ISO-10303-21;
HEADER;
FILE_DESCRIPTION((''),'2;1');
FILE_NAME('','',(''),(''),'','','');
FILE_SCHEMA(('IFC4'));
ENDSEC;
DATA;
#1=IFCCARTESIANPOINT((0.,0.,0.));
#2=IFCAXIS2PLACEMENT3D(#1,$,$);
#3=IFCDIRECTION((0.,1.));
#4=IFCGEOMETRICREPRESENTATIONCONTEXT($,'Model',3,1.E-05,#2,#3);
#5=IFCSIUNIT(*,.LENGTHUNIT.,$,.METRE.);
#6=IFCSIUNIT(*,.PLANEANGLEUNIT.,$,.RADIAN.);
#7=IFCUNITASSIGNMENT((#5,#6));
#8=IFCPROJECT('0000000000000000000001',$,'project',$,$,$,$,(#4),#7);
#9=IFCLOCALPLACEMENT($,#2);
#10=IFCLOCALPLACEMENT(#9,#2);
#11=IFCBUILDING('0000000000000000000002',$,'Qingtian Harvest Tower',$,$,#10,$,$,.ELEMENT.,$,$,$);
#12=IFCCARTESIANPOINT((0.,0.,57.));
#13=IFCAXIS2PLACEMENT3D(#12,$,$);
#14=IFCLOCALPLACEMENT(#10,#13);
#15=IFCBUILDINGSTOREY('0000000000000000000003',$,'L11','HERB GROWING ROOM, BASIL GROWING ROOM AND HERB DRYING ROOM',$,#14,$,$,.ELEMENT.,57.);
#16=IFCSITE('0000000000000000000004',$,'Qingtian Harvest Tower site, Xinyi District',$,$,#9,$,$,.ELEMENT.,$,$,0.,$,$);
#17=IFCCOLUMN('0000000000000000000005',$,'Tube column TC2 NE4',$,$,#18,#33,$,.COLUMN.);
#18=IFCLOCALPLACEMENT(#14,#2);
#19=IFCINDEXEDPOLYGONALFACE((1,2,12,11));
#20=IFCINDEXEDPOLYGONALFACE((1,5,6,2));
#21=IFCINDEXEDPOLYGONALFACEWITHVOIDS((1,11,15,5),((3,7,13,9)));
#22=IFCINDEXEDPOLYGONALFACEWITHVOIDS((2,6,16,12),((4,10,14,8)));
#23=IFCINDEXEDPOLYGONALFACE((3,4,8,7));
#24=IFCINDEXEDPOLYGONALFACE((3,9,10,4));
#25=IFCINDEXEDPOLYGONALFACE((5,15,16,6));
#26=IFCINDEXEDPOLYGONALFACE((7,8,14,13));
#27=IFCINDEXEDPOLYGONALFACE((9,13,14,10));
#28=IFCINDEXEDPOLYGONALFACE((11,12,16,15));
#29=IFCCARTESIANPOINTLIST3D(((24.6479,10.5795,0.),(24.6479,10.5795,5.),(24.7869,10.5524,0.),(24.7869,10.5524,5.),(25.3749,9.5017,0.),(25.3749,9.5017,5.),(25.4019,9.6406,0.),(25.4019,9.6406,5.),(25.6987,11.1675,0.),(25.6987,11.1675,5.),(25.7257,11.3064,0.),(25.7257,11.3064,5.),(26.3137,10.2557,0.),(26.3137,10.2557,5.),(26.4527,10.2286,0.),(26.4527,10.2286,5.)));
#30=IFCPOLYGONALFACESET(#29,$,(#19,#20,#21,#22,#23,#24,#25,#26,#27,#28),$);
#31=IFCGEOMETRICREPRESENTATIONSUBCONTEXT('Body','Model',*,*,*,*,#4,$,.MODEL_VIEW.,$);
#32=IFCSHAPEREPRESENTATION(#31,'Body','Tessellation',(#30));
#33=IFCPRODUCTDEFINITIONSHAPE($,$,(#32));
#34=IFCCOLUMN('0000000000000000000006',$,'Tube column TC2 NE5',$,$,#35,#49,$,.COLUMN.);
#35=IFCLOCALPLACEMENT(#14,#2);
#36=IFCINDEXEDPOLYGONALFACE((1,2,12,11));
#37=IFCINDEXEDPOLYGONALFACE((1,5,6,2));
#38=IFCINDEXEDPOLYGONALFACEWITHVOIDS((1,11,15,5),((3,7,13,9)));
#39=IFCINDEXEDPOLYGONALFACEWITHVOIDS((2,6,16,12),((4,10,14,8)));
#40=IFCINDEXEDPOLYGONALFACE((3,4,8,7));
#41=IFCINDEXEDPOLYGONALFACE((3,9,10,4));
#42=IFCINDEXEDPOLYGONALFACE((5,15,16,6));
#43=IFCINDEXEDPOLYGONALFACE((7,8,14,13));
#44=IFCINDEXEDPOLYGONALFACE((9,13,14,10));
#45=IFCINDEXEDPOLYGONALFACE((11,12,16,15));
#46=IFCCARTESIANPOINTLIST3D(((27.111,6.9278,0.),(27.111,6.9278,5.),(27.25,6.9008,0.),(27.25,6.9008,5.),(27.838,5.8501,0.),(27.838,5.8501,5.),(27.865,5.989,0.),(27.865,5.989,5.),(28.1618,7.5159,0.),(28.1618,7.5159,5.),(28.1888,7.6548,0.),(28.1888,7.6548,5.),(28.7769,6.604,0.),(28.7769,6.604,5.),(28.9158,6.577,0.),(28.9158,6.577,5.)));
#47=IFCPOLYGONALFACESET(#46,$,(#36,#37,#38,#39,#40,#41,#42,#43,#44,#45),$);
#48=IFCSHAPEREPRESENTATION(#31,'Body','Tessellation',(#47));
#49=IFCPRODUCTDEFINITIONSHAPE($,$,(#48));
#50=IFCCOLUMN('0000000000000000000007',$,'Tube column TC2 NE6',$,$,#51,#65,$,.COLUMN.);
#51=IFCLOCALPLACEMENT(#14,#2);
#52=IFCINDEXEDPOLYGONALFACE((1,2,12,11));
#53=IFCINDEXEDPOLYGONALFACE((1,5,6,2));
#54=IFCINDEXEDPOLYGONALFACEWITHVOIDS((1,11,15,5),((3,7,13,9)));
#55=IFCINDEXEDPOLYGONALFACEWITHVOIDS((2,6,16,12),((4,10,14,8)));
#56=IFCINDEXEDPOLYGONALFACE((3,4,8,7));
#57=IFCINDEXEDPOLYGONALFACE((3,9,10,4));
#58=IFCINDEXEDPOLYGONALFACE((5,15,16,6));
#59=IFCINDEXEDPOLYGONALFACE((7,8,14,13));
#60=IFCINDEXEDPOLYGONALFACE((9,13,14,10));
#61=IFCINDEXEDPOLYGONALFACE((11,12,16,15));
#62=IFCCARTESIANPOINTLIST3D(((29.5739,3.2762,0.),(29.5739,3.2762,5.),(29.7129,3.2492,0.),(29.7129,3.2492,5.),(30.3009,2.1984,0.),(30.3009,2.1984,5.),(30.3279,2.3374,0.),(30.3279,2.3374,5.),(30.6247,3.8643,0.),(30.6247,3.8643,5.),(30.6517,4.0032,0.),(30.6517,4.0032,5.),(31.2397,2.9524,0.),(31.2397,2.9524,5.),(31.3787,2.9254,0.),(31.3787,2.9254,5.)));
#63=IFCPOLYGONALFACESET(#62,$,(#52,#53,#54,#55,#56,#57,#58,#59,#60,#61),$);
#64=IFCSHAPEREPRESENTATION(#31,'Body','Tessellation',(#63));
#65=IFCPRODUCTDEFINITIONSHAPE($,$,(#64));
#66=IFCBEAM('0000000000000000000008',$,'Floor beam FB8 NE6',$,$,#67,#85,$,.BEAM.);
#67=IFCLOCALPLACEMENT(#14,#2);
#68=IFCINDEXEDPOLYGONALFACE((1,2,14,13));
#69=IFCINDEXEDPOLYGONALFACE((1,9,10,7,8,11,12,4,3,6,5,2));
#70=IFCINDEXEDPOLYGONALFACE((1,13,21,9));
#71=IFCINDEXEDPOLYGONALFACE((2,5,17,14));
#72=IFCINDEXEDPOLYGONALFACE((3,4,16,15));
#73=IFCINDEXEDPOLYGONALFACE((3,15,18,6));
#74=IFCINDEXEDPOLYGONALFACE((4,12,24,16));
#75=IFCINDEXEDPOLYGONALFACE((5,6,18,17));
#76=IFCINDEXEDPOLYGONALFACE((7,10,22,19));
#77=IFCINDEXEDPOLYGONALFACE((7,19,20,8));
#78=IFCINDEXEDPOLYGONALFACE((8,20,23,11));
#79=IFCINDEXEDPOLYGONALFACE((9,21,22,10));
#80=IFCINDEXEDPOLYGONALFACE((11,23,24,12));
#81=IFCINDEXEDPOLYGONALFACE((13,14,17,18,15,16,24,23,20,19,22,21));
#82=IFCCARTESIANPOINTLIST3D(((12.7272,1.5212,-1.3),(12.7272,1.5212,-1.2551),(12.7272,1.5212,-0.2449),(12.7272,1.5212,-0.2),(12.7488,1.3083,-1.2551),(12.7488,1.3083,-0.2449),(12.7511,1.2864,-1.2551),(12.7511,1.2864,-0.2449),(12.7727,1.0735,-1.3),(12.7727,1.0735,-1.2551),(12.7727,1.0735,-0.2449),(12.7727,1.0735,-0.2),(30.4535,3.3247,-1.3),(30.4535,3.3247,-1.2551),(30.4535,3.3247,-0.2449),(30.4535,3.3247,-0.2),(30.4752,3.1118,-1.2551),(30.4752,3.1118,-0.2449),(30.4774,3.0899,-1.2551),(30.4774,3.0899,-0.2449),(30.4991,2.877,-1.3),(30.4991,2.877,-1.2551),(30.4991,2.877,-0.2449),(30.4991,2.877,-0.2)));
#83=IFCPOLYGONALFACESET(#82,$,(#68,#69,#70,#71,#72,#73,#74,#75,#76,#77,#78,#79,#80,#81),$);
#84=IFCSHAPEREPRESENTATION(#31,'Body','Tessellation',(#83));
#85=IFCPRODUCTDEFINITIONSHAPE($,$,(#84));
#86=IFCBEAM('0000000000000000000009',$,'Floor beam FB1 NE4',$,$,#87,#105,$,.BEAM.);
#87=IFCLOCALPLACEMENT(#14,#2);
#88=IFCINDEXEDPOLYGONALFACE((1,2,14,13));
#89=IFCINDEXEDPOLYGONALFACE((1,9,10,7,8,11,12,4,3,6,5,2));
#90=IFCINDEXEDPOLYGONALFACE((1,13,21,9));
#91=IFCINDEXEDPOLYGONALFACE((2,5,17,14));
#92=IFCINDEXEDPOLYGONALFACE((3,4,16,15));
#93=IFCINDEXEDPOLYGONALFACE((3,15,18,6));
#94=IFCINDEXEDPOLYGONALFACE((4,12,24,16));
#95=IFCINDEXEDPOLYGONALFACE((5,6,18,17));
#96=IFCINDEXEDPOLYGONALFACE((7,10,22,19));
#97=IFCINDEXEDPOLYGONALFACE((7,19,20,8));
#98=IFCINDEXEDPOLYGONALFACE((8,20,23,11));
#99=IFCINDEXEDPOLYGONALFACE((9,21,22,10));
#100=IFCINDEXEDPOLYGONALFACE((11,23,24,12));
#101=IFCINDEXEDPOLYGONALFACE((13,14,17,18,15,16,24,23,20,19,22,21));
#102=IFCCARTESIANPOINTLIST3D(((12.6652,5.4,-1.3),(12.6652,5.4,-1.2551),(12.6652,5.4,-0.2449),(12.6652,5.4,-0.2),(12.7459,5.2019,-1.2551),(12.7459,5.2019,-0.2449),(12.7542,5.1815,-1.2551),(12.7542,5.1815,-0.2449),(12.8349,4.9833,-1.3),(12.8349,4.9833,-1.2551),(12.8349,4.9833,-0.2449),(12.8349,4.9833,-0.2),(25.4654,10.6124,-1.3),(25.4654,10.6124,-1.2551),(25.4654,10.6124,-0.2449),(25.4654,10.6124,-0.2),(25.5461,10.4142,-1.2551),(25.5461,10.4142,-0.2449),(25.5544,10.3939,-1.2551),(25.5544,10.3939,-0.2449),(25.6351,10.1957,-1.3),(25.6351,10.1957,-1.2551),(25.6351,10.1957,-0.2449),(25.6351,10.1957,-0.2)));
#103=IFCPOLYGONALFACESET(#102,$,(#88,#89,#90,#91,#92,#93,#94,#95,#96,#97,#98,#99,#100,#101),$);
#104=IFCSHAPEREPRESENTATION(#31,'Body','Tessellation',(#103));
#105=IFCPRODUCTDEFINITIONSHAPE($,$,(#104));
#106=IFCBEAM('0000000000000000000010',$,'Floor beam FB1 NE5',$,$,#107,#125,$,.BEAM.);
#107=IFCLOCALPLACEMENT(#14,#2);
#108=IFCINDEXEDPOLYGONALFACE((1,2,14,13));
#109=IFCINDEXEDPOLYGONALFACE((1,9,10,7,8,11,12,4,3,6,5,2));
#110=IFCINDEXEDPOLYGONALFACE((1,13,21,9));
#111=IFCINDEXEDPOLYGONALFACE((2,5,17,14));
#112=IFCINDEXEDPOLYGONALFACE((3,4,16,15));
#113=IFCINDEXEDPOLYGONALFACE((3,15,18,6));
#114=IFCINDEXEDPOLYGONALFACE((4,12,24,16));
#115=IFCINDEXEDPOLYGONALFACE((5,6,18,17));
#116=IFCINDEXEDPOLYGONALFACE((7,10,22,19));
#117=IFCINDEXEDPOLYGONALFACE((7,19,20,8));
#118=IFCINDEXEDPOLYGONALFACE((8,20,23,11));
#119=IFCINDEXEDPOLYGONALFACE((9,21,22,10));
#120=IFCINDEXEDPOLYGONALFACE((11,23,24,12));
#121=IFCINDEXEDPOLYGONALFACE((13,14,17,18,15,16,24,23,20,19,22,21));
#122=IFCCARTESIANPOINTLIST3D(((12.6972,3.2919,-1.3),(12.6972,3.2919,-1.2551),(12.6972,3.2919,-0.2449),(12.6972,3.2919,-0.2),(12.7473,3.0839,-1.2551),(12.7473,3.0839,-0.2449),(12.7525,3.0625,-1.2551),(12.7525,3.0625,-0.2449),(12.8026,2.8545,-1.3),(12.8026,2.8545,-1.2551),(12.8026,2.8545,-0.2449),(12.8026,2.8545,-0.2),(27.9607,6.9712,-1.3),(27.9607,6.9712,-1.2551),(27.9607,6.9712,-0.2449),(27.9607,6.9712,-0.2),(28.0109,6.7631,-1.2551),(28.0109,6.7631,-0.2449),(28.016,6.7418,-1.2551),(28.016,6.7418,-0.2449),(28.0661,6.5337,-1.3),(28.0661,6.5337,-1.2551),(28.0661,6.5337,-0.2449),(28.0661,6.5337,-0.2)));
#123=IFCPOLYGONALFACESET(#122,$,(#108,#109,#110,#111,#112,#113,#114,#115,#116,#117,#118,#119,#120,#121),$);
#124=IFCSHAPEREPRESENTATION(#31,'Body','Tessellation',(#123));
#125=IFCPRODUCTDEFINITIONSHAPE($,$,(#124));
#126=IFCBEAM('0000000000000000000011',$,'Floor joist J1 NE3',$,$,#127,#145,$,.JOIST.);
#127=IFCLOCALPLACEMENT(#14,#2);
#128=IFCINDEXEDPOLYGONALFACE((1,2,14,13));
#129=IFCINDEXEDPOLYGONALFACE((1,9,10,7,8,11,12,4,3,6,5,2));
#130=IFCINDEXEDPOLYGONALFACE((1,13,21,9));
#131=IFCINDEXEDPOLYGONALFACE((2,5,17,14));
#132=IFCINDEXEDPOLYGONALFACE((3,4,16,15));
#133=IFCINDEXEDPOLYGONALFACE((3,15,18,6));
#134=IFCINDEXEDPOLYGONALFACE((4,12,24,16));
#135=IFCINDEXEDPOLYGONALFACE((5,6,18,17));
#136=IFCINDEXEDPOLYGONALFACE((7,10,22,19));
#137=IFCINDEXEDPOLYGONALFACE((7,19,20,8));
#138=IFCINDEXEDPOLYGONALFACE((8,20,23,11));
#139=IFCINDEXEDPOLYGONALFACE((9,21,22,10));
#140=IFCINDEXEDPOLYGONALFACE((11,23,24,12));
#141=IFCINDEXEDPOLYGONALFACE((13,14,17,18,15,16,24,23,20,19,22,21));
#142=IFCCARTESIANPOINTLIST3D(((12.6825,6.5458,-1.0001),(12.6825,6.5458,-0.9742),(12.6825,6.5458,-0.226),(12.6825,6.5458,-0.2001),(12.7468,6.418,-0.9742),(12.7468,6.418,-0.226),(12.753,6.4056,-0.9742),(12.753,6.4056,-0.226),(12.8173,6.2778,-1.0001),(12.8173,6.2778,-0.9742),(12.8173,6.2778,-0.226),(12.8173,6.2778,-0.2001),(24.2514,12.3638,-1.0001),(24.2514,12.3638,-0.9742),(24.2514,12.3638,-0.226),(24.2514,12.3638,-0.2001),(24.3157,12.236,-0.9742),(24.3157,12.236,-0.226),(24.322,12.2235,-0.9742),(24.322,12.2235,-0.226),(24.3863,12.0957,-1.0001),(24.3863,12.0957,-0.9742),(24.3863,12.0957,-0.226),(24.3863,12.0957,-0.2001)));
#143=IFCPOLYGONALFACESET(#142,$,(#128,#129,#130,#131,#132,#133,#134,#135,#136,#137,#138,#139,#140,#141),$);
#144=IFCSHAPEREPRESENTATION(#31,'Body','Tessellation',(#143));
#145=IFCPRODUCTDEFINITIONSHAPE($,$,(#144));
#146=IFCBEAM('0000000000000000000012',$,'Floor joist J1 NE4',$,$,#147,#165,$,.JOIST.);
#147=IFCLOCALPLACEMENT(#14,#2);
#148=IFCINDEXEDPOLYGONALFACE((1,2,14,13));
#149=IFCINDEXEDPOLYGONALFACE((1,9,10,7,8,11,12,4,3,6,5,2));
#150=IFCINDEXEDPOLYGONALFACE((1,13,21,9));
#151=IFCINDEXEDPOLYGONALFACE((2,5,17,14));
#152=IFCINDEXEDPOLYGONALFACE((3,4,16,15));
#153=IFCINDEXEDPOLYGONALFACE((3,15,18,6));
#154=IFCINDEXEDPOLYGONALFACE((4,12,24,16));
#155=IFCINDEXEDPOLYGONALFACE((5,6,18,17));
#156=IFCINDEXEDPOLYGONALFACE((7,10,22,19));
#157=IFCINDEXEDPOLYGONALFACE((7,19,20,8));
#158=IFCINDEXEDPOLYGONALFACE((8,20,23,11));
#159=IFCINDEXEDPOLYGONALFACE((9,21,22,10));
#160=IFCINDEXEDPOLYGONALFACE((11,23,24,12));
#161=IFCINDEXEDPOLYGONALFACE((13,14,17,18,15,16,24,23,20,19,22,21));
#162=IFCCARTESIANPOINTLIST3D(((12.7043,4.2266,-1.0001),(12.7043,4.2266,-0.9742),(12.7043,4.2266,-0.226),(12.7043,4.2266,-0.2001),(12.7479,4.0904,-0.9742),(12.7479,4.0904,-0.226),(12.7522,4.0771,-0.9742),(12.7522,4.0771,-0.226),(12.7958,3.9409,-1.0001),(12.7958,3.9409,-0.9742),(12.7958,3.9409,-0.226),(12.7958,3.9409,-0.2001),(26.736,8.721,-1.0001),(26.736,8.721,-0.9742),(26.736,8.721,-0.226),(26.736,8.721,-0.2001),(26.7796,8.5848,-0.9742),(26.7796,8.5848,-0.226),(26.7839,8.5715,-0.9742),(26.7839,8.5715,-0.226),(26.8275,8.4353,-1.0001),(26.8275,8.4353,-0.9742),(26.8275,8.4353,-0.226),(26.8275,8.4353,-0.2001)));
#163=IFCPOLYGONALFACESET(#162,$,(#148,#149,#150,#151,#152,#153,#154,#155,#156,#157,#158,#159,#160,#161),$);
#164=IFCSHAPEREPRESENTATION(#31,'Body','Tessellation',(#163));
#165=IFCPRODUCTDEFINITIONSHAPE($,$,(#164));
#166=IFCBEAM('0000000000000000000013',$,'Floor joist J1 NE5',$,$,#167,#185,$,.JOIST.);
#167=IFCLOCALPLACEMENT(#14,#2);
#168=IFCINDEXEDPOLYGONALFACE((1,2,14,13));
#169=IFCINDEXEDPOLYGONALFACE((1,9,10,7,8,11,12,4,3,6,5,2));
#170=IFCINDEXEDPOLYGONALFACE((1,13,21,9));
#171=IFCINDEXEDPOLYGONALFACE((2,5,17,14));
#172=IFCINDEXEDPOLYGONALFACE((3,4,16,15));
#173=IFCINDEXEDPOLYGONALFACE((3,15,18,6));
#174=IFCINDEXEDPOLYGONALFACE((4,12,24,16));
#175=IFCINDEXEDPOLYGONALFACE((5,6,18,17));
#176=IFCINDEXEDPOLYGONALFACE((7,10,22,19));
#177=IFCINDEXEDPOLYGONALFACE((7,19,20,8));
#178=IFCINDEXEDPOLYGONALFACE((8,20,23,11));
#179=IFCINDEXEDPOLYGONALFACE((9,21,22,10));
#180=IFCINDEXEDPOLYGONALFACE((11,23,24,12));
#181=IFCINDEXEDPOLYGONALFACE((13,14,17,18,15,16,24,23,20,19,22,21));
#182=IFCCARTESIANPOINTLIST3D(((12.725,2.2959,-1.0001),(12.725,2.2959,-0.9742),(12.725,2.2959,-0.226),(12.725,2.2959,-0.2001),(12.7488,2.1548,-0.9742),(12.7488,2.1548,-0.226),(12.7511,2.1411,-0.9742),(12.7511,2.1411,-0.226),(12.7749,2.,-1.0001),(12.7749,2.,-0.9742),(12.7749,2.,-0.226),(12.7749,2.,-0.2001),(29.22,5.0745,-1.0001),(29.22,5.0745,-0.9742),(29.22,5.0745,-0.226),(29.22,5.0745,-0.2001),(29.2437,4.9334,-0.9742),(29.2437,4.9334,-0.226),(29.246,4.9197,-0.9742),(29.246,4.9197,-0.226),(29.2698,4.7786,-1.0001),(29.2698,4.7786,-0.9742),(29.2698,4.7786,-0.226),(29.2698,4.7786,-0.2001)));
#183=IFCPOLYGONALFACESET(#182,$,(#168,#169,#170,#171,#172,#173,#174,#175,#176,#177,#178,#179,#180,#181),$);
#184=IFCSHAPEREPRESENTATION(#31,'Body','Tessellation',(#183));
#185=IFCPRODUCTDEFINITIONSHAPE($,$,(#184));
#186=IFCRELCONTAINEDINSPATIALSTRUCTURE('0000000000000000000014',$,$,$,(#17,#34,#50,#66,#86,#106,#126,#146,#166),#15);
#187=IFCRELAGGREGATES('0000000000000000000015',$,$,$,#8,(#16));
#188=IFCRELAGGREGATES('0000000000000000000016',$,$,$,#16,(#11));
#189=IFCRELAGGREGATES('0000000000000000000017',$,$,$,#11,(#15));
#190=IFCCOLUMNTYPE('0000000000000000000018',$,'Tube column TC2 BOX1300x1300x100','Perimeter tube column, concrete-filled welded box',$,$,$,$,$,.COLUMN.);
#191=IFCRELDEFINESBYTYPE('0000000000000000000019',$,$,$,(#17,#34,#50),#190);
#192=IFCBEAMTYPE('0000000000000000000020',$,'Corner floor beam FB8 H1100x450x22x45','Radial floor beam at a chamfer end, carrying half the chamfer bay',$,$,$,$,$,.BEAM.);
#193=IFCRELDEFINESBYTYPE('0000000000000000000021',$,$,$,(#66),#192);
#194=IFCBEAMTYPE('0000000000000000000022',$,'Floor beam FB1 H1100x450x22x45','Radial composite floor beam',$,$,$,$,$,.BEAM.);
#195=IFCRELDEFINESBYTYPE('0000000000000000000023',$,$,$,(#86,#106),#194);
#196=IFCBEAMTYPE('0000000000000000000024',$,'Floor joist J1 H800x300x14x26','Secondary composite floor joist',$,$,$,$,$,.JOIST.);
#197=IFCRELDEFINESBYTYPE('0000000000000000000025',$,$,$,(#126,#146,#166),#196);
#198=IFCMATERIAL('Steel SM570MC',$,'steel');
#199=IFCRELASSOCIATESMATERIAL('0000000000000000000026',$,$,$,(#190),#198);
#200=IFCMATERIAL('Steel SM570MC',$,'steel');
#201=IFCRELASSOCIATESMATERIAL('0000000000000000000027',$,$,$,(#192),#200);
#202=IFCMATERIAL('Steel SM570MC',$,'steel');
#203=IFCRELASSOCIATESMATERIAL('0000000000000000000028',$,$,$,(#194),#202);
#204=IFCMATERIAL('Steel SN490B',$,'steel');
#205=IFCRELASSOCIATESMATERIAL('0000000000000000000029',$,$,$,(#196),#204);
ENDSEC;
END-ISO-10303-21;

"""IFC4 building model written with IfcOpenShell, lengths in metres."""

from ifc_helpers import new_model, si_unit, direction, frame, origin, origin_2d, place, context, subcontext, project, spatial, hollow_rectangle, i_section, extrude, material, material_profile, profile_set, type_object, element, save


model = new_model("IFC4")

# Units and contexts
model_context = context("Model", 3, precision=1e-05, world=origin(), true_north=direction((0.0, 1.0)))
body_context = subcontext(model_context, "Body", "Model", "MODEL_VIEW")
ifc_project = project(units=[si_unit("LENGTHUNIT", "METRE"), si_unit("PLANEANGLEUNIT", "RADIAN")], contexts=[model_context])

# Site, building, storey
site_placement = place(None, origin())
site = spatial("IfcSite", under=ifc_project, at=site_placement, Name="Qingtian Harvest Tower site, Xinyi District", CompositionType="ELEMENT", RefElevation=0.0)
building_placement = place(site_placement, origin())
building = spatial("IfcBuilding", under=site, at=building_placement, Name="Qingtian Harvest Tower", CompositionType="ELEMENT")
storey_placement = place(building_placement, frame((0.0, 0.0, 57.0)))
storey = spatial("IfcBuildingStorey", under=building, at=storey_placement, Name="L11", Description="HERB GROWING ROOM, BASIL GROWING ROOM AND HERB DRYING ROOM", CompositionType="ELEMENT", Elevation=57.0)

# Columns
ifc_material_1 = material(Name="Steel SM570MC", Category="steel")
ifc_material_profile_1 = material_profile(ifc_material_1, hollow_rectangle(XDim=1.3, YDim=1.3, WallThickness=0.1001, at=origin_2d()), Name="BOX1300x1300x100")
ifc_profile_set_1 = profile_set([ifc_material_profile_1], Name="Steel SM570MC")
column_type = type_object("IfcColumnType", Name="Tube column TC2 BOX1300x1300x100", Description="Perimeter tube column, concrete-filled welded box", PredefinedType="COLUMN", material=ifc_profile_set_1)
for number, where, z_axis, x_axis, name in (
    (1, (25.5503, 10.4041, 0.0), (0.0, 0.0, 1.0), (-0.559193, 0.829038, 0.0), "Tube column TC2 NE4"),
    (2, (28.0134, 6.7524, 0.0), (0.0, 0.0, 1.0), (-0.559193, 0.829038, 0.0), "Tube column TC2 NE5"),
    (3, (30.4763, 3.1008, 0.0), (0.0, 0.0, 1.0), (-0.559193, 0.829038, 0.0), "Tube column TC2 NE6"),
):
    element("IfcColumn", number, at=place(storey_placement, frame(where, z_axis=z_axis, x_axis=x_axis)), inside=storey, type_object=column_type, Name=name, PredefinedType="COLUMN", context=body_context, shape_type="SweptSolid", body=[
        extrude(hollow_rectangle(XDim=1.3, YDim=1.3, WallThickness=0.1001, at=origin_2d()), origin(), (0.0, 0.0, 1.0), 5.0),
    ])

# Beams
ifc_material_2 = material(Name="Steel SM570MC", Category="steel")
ifc_material_profile_2 = material_profile(ifc_material_2, i_section(OverallWidth=0.45, OverallDepth=1.1001, WebThickness=0.022, FlangeThickness=0.0449, at=origin_2d()), Name="H1100x450x22x45")
ifc_profile_set_2 = profile_set([ifc_material_profile_2], Name="Steel SM570MC")
beam_type_1 = type_object("IfcBeamType", Name="Corner floor beam FB8 H1100x450x22x45", Description="Radial floor beam at a chamfer end, carrying half the chamfer bay", PredefinedType="BEAM", material=ifc_profile_set_2)
beam_1_placement = place(storey_placement, frame((30.4763, 3.1008, -0.75), z_axis=(-0.994864, -0.101217, 0.0), x_axis=(0.101217, -0.994864, 0.0)))
element("IfcBeam", 4, at=beam_1_placement, inside=storey, type_object=beam_type_1, Name="Floor beam FB8 NE6", PredefinedType="BEAM", context=body_context, shape_type="SweptSolid", body=[
    extrude(i_section(OverallWidth=0.45, OverallDepth=1.1001, WebThickness=0.022, FlangeThickness=0.0449, at=origin_2d()), origin(), (0.0, 0.0, 1.0), 17.8179),
])
ifc_material_3 = material(Name="Steel SM570MC", Category="steel")
ifc_material_profile_3 = material_profile(ifc_material_3, i_section(OverallWidth=0.45, OverallDepth=1.1001, WebThickness=0.022, FlangeThickness=0.0449, at=origin_2d()), Name="H1100x450x22x45")
ifc_profile_set_3 = profile_set([ifc_material_profile_3], Name="Steel SM570MC")
beam_type_2 = type_object("IfcBeamType", Name="Floor beam FB1 H1100x450x22x45", Description="Radial composite floor beam", PredefinedType="BEAM", material=ifc_profile_set_3)
beam_2_placement = place(storey_placement, frame((25.5503, 10.4041, -0.75), z_axis=(-0.926156, -0.37714, 0.0), x_axis=(0.37714, -0.926156, 0.0)))
element("IfcBeam", 5, at=beam_2_placement, inside=storey, type_object=beam_type_2, Name="Floor beam FB1 NE4", PredefinedType="BEAM", context=body_context, shape_type="SweptSolid", body=[
    extrude(i_section(OverallWidth=0.45, OverallDepth=1.1001, WebThickness=0.022, FlangeThickness=0.0449, at=origin_2d()), origin(), (0.0, 0.0, 1.0), 13.8208),
])
beam_3_placement = place(storey_placement, frame((28.0134, 6.7524, -0.75), z_axis=(-0.972156, -0.234335, 0.0), x_axis=(0.234335, -0.972156, 0.0)))
element("IfcBeam", 6, at=beam_3_placement, inside=storey, type_object=beam_type_2, Name="Floor beam FB1 NE5", PredefinedType="BEAM", context=body_context, shape_type="SweptSolid", body=[
    extrude(i_section(OverallWidth=0.45, OverallDepth=1.1001, WebThickness=0.022, FlangeThickness=0.0449, at=origin_2d()), origin(), (0.0, 0.0, 1.0), 15.7007),
])
ifc_material_4 = material(Name="Steel SN490B", Category="steel")
ifc_material_profile_4 = material_profile(ifc_material_4, i_section(OverallWidth=0.3, OverallDepth=0.8, WebThickness=0.0139, FlangeThickness=0.0259, at=origin_2d()), Name="H800x300x14x26")
ifc_profile_set_4 = profile_set([ifc_material_profile_4], Name="Steel SN490B")
beam_type_3 = type_object("IfcBeamType", Name="Floor joist J1 H800x300x14x26", Description="Secondary composite floor joist", PredefinedType="JOIST", material=ifc_profile_set_4)
beam_4_placement = place(storey_placement, frame((24.3188, 12.2297, -0.6001), z_axis=(-0.893392, -0.449279, 0.0), x_axis=(0.449279, -0.893392, 0.0)))
element("IfcBeam", 7, at=beam_4_placement, inside=storey, type_object=beam_type_3, Name="Floor joist J1 NE3", PredefinedType="JOIST", context=body_context, shape_type="SweptSolid", body=[
    extrude(i_section(OverallWidth=0.3, OverallDepth=0.8, WebThickness=0.0139, FlangeThickness=0.0259, at=origin_2d()), origin(), (0.0, 0.0, 1.0), 12.9495),
])
beam_5_placement = place(storey_placement, frame((26.7817, 8.5781, -0.6001), z_axis=(-0.952341, -0.305036, 0.0), x_axis=(0.305036, -0.952341, 0.0)))
element("IfcBeam", 8, at=beam_5_placement, inside=storey, type_object=beam_type_3, Name="Floor joist J1 NE4", PredefinedType="JOIST", context=body_context, shape_type="SweptSolid", body=[
    extrude(i_section(OverallWidth=0.3, OverallDepth=0.8, WebThickness=0.0139, FlangeThickness=0.0259, at=origin_2d()), origin(), (0.0, 0.0, 1.0), 14.7339),
])
beam_6_placement = place(storey_placement, frame((29.2449, 4.9265, -0.6001), z_axis=(-0.986107, -0.16611, 0.0), x_axis=(0.16611, -0.986107, 0.0)))
element("IfcBeam", 9, at=beam_6_placement, inside=storey, type_object=beam_type_3, Name="Floor joist J1 NE5", PredefinedType="JOIST", context=body_context, shape_type="SweptSolid", body=[
    extrude(i_section(OverallWidth=0.3, OverallDepth=0.8, WebThickness=0.0139, FlangeThickness=0.0259, at=origin_2d()), origin(), (0.0, 0.0, 1.0), 16.7273),
])

save(model, "model.ifc")
